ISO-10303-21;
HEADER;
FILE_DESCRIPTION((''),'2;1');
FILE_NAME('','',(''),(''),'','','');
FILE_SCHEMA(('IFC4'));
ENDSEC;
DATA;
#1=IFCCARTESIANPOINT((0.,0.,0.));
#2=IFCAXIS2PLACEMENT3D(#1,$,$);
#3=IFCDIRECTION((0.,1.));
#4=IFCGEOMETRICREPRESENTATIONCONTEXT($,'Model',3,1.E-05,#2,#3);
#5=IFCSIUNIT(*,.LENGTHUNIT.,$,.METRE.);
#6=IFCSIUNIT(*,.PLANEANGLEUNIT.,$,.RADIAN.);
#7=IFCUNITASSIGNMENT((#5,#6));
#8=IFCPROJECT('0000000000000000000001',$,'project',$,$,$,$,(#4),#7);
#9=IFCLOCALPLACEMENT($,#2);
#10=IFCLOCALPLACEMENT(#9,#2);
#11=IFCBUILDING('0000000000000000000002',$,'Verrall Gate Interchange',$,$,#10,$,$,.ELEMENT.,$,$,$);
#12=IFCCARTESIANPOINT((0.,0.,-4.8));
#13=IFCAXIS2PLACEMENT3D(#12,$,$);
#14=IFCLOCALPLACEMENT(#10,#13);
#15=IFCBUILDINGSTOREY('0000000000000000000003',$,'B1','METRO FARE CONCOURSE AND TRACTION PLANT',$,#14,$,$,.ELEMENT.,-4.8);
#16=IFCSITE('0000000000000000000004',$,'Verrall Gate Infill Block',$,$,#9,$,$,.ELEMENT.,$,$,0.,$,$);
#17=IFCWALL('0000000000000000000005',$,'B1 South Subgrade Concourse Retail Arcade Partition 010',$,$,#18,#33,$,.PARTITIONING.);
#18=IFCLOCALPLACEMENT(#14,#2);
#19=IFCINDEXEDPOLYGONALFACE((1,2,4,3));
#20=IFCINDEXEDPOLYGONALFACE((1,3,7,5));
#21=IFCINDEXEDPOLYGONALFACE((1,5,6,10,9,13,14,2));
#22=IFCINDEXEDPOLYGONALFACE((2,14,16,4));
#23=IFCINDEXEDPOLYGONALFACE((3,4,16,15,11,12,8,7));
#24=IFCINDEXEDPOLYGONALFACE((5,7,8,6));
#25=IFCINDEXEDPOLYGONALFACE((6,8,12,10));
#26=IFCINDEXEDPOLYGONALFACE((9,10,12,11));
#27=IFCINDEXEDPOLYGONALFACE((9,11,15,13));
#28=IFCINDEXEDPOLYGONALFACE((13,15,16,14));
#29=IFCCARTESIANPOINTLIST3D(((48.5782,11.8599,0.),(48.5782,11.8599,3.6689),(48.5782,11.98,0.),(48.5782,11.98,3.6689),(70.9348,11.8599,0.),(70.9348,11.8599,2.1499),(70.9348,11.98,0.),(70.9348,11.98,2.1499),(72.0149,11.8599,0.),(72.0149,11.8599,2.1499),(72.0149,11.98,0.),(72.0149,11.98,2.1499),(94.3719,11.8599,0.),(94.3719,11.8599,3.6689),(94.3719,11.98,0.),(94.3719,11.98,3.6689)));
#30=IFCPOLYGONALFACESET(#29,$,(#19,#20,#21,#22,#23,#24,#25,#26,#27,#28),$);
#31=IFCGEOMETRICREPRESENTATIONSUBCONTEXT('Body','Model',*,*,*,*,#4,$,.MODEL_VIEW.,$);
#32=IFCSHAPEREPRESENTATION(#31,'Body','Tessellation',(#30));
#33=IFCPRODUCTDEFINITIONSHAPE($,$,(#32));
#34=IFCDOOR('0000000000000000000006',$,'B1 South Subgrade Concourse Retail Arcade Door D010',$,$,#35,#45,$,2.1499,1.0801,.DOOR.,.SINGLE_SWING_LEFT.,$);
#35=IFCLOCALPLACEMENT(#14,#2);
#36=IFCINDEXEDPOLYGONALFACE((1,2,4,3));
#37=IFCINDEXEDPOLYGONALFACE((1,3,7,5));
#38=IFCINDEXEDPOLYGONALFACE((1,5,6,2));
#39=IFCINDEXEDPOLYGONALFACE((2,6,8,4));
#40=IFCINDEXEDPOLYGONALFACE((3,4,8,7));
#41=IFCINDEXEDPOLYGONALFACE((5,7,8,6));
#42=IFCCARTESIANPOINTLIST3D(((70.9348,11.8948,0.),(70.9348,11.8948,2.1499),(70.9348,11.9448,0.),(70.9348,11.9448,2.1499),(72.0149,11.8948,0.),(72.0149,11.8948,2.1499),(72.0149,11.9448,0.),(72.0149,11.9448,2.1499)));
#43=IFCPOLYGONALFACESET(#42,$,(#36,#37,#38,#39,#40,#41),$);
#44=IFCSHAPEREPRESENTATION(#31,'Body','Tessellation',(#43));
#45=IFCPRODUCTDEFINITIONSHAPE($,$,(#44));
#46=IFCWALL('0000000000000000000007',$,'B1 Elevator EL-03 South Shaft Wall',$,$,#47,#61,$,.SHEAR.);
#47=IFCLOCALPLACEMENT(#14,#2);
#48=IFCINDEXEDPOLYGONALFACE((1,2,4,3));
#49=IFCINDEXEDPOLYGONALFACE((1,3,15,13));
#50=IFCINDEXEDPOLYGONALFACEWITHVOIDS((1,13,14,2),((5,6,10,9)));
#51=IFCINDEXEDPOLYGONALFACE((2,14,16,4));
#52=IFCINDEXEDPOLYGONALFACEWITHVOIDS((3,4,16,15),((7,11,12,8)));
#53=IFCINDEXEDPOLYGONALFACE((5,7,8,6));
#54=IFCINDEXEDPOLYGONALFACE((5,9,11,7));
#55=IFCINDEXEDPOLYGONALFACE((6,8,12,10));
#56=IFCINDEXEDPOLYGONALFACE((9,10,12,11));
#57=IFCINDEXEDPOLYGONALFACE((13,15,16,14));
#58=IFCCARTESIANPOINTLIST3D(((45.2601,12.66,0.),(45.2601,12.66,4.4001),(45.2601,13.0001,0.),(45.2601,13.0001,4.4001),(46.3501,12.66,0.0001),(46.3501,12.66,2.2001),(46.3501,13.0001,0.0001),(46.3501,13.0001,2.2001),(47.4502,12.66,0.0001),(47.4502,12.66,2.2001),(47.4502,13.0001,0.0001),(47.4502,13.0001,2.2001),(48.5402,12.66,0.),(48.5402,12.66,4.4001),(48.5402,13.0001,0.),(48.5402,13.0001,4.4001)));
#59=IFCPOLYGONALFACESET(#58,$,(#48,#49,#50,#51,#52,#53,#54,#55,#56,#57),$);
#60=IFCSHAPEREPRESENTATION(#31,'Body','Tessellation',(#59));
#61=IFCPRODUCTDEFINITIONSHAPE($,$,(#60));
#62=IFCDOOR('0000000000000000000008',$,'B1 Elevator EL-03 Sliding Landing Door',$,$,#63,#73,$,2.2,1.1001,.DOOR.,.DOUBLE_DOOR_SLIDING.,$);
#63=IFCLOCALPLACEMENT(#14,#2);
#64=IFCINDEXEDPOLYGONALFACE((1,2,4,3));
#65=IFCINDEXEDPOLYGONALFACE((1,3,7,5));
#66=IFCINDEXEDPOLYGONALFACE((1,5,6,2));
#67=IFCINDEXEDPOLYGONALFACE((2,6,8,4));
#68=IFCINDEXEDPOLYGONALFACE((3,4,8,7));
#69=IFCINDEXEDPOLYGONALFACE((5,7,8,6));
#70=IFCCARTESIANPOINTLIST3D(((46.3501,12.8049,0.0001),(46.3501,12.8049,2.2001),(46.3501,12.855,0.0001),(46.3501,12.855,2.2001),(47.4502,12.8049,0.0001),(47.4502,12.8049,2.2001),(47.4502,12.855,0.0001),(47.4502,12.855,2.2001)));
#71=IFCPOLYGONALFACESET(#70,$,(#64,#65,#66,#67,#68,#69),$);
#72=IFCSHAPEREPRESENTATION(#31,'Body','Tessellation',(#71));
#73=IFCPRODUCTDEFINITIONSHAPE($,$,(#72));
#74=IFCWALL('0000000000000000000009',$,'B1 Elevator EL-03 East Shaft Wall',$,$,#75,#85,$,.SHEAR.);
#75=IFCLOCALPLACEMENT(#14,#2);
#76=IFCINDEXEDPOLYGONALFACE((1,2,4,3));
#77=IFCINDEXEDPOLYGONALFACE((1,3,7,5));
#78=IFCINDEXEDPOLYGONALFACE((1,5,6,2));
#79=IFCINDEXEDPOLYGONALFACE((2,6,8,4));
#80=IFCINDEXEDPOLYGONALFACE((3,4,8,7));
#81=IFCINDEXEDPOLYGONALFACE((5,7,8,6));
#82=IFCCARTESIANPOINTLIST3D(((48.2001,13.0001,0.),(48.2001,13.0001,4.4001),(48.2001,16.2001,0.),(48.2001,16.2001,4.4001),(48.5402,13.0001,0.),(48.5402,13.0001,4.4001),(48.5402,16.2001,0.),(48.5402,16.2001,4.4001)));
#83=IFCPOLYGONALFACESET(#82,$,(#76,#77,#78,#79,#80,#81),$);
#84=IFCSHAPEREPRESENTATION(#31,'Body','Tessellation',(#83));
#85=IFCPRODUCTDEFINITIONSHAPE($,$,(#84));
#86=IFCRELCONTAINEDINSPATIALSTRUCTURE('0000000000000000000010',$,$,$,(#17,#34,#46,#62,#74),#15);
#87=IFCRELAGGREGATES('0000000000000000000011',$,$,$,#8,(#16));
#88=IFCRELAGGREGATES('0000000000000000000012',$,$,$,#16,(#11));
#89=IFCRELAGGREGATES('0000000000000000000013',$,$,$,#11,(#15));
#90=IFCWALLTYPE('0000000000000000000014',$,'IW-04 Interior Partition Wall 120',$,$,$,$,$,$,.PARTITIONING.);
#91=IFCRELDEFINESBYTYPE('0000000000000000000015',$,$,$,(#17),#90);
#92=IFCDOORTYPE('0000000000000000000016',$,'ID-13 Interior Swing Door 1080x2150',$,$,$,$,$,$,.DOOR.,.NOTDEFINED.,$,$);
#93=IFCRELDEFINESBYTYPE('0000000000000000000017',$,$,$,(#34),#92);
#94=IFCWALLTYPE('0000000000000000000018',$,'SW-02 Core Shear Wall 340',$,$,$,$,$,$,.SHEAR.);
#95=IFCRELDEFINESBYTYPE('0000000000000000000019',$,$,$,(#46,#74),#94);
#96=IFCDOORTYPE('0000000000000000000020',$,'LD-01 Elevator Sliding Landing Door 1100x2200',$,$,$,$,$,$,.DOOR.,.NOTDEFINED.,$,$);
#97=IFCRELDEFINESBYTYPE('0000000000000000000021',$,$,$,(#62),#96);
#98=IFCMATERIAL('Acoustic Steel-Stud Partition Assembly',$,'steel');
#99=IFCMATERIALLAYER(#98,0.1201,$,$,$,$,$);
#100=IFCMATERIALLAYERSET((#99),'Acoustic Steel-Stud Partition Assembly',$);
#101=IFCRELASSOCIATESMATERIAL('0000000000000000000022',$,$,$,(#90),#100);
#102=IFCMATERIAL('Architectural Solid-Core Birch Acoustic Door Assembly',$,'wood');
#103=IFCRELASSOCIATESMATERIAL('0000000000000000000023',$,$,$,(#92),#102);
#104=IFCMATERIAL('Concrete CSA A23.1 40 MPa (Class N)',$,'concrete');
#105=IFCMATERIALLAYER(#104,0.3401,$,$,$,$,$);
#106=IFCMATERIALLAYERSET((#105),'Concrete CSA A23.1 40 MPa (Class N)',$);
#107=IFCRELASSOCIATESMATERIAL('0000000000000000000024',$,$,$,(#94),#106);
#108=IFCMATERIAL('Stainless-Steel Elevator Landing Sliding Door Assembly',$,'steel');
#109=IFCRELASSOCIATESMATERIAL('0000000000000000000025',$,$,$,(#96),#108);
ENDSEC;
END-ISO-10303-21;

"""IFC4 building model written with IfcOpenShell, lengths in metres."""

from ifc_helpers import new_model, si_unit, direction, frame, frame_2d, origin, place, context, subcontext, project, spatial, rectangle, extrude, material, layer, layer_set, type_object, element, fill, save


model = new_model("IFC4")

# Units and contexts
model_context = context("Model", 3, precision=1e-05, world=origin(), true_north=direction((0.0, 1.0)))
body_context = subcontext(model_context, "Body", "Model", "MODEL_VIEW")
ifc_project = project(units=[si_unit("LENGTHUNIT", "METRE"), si_unit("PLANEANGLEUNIT", "RADIAN")], contexts=[model_context])

# Site, building, storey
site_placement = place(None, origin())
site = spatial("IfcSite", under=ifc_project, at=site_placement, Name="Verrall Gate Infill Block", CompositionType="ELEMENT", RefElevation=0.0)
building_placement = place(site_placement, origin())
building = spatial("IfcBuilding", under=site, at=building_placement, Name="Verrall Gate Interchange", CompositionType="ELEMENT")
storey_placement = place(building_placement, frame((0.0, 0.0, -4.8)))
storey = spatial("IfcBuildingStorey", under=building, at=storey_placement, Name="B1", Description="METRO FARE CONCOURSE AND TRACTION PLANT", CompositionType="ELEMENT", Elevation=-4.8)

# Walls, openings, doors
ifc_material_1 = material(Name="Acoustic Steel-Stud Partition Assembly", Category="steel")
ifc_layer_1 = layer(ifc_material_1, 0.1201)
ifc_layer_set_1 = layer_set([ifc_layer_1], Name="Acoustic Steel-Stud Partition Assembly")
wall_type_1 = type_object("IfcWallType", Name="IW-04 Interior Partition Wall 120", PredefinedType="PARTITIONING", material=ifc_layer_set_1)
wall_1_placement = place(storey_placement, frame((48.5781, 11.9199, 0.0), z_axis=(0.0, 0.0, 1.0), x_axis=(1.0, 0.0, 0.0)))
wall_1 = element("IfcWall", 1, at=wall_1_placement, inside=storey, type_object=wall_type_1, Name="B1 South Subgrade Concourse Retail Arcade Partition 010", PredefinedType="PARTITIONING", context=body_context, shape_type="SweptSolid", body=[
    extrude(rectangle(XDim=45.7937, YDim=0.1201, at=frame_2d((22.897, 0.0))), origin(), (0.0, 0.0, 1.0), 3.6689),
])
opening_1_placement = place(wall_1_placement, frame((22.3567, 0.0, 0.0)))
opening_1 = element("IfcOpeningElement", 2, at=opening_1_placement, cuts=wall_1, PredefinedType="OPENING", context=body_context, shape_type="SweptSolid", body=[
    extrude(rectangle(XDim=1.0801, YDim=2.1499, at=frame_2d((0.54, 1.075))), frame((0.0, 0.075, 0.0), z_axis=(0.0, -1.0, 0.0), x_axis=(1.0, 0.0, 0.0)), (0.0, 0.0, 1.0), 0.1499),
])
ifc_material_2 = material(Name="Architectural Solid-Core Birch Acoustic Door Assembly", Category="wood")
door_type_1 = type_object("IfcDoorType", Name="ID-13 Interior Swing Door 1080x2150", OperationType="NOTDEFINED", PredefinedType="DOOR", material=ifc_material_2)
door_1_placement = place(opening_1_placement, origin())
door_1 = element("IfcDoor", 3, at=door_1_placement, inside=storey, type_object=door_type_1, Name="B1 South Subgrade Concourse Retail Arcade Door D010", OperationType="SINGLE_SWING_LEFT", OverallHeight=2.1499, OverallWidth=1.0801, PredefinedType="DOOR", context=body_context, shape_type="SweptSolid", body=[
    extrude(rectangle(XDim=1.0801, YDim=2.1499, at=frame_2d((0.54, 1.075))), frame((0.0, 0.0249, 0.0), z_axis=(0.0, -1.0, 0.0), x_axis=(1.0, 0.0, 0.0)), (0.0, 0.0, 1.0), 0.05),
])
fill(opening_1, door_1)
ifc_material_3 = material(Name="Concrete CSA A23.1 40 MPa (Class N)", Category="concrete")
ifc_layer_2 = layer(ifc_material_3, 0.3401)
ifc_layer_set_2 = layer_set([ifc_layer_2], Name="Concrete CSA A23.1 40 MPa (Class N)")
wall_type_2 = type_object("IfcWallType", Name="SW-02 Core Shear Wall 340", PredefinedType="SHEAR", material=ifc_layer_set_2)
wall_2_placement = place(storey_placement, frame((45.26, 12.8301, 0.0), z_axis=(0.0, 0.0, 1.0), x_axis=(1.0, 0.0, 0.0)))
wall_2 = element("IfcWall", 4, at=wall_2_placement, inside=storey, type_object=wall_type_2, Name="B1 Elevator EL-03 South Shaft Wall", PredefinedType="SHEAR", context=body_context, shape_type="SweptSolid", body=[
    extrude(rectangle(XDim=3.28, YDim=0.3401, at=frame_2d((1.6401, 0.0))), origin(), (0.0, 0.0, 1.0), 4.4001),
])
opening_2_placement = place(wall_2_placement, frame((1.0901, 0.0, 0.0)))
opening_2 = element("IfcOpeningElement", 5, at=opening_2_placement, cuts=wall_2, PredefinedType="OPENING", context=body_context, shape_type="SweptSolid", body=[
    extrude(rectangle(XDim=1.1001, YDim=2.2, at=frame_2d((0.55, 1.1001))), frame((0.0, 0.1851, 0.0), z_axis=(0.0, -1.0, 0.0), x_axis=(1.0, 0.0, 0.0)), (0.0, 0.0, 1.0), 0.3699),
])
ifc_material_4 = material(Name="Stainless-Steel Elevator Landing Sliding Door Assembly", Category="steel")
door_type_2 = type_object("IfcDoorType", Name="LD-01 Elevator Sliding Landing Door 1100x2200", OperationType="NOTDEFINED", PredefinedType="DOOR", material=ifc_material_4)
door_2_placement = place(opening_2_placement, origin())
door_2 = element("IfcDoor", 6, at=door_2_placement, inside=storey, type_object=door_type_2, Name="B1 Elevator EL-03 Sliding Landing Door", OperationType="DOUBLE_DOOR_SLIDING", OverallHeight=2.2, OverallWidth=1.1001, PredefinedType="DOOR", context=body_context, shape_type="SweptSolid", body=[
    extrude(rectangle(XDim=1.1001, YDim=2.2, at=frame_2d((0.55, 1.1001))), frame((0.0, 0.0249, 0.0), z_axis=(0.0, -1.0, 0.0), x_axis=(1.0, 0.0, 0.0)), (0.0, 0.0, 1.0), 0.05),
])
fill(opening_2, door_2)

# Wall
wall_3_placement = place(storey_placement, frame((48.3701, 13.0, 0.0), z_axis=(0.0, 0.0, 1.0), x_axis=(0.0, 1.0, 0.0)))
element("IfcWall", 7, at=wall_3_placement, inside=storey, type_object=wall_type_2, Name="B1 Elevator EL-03 East Shaft Wall", PredefinedType="SHEAR", context=body_context, shape_type="SweptSolid", body=[
    extrude(rectangle(XDim=3.2, YDim=0.3401, at=frame_2d((1.6001, 0.0))), origin(), (0.0, 0.0, 1.0), 4.4001),
])

save(model, "model.ifc")
